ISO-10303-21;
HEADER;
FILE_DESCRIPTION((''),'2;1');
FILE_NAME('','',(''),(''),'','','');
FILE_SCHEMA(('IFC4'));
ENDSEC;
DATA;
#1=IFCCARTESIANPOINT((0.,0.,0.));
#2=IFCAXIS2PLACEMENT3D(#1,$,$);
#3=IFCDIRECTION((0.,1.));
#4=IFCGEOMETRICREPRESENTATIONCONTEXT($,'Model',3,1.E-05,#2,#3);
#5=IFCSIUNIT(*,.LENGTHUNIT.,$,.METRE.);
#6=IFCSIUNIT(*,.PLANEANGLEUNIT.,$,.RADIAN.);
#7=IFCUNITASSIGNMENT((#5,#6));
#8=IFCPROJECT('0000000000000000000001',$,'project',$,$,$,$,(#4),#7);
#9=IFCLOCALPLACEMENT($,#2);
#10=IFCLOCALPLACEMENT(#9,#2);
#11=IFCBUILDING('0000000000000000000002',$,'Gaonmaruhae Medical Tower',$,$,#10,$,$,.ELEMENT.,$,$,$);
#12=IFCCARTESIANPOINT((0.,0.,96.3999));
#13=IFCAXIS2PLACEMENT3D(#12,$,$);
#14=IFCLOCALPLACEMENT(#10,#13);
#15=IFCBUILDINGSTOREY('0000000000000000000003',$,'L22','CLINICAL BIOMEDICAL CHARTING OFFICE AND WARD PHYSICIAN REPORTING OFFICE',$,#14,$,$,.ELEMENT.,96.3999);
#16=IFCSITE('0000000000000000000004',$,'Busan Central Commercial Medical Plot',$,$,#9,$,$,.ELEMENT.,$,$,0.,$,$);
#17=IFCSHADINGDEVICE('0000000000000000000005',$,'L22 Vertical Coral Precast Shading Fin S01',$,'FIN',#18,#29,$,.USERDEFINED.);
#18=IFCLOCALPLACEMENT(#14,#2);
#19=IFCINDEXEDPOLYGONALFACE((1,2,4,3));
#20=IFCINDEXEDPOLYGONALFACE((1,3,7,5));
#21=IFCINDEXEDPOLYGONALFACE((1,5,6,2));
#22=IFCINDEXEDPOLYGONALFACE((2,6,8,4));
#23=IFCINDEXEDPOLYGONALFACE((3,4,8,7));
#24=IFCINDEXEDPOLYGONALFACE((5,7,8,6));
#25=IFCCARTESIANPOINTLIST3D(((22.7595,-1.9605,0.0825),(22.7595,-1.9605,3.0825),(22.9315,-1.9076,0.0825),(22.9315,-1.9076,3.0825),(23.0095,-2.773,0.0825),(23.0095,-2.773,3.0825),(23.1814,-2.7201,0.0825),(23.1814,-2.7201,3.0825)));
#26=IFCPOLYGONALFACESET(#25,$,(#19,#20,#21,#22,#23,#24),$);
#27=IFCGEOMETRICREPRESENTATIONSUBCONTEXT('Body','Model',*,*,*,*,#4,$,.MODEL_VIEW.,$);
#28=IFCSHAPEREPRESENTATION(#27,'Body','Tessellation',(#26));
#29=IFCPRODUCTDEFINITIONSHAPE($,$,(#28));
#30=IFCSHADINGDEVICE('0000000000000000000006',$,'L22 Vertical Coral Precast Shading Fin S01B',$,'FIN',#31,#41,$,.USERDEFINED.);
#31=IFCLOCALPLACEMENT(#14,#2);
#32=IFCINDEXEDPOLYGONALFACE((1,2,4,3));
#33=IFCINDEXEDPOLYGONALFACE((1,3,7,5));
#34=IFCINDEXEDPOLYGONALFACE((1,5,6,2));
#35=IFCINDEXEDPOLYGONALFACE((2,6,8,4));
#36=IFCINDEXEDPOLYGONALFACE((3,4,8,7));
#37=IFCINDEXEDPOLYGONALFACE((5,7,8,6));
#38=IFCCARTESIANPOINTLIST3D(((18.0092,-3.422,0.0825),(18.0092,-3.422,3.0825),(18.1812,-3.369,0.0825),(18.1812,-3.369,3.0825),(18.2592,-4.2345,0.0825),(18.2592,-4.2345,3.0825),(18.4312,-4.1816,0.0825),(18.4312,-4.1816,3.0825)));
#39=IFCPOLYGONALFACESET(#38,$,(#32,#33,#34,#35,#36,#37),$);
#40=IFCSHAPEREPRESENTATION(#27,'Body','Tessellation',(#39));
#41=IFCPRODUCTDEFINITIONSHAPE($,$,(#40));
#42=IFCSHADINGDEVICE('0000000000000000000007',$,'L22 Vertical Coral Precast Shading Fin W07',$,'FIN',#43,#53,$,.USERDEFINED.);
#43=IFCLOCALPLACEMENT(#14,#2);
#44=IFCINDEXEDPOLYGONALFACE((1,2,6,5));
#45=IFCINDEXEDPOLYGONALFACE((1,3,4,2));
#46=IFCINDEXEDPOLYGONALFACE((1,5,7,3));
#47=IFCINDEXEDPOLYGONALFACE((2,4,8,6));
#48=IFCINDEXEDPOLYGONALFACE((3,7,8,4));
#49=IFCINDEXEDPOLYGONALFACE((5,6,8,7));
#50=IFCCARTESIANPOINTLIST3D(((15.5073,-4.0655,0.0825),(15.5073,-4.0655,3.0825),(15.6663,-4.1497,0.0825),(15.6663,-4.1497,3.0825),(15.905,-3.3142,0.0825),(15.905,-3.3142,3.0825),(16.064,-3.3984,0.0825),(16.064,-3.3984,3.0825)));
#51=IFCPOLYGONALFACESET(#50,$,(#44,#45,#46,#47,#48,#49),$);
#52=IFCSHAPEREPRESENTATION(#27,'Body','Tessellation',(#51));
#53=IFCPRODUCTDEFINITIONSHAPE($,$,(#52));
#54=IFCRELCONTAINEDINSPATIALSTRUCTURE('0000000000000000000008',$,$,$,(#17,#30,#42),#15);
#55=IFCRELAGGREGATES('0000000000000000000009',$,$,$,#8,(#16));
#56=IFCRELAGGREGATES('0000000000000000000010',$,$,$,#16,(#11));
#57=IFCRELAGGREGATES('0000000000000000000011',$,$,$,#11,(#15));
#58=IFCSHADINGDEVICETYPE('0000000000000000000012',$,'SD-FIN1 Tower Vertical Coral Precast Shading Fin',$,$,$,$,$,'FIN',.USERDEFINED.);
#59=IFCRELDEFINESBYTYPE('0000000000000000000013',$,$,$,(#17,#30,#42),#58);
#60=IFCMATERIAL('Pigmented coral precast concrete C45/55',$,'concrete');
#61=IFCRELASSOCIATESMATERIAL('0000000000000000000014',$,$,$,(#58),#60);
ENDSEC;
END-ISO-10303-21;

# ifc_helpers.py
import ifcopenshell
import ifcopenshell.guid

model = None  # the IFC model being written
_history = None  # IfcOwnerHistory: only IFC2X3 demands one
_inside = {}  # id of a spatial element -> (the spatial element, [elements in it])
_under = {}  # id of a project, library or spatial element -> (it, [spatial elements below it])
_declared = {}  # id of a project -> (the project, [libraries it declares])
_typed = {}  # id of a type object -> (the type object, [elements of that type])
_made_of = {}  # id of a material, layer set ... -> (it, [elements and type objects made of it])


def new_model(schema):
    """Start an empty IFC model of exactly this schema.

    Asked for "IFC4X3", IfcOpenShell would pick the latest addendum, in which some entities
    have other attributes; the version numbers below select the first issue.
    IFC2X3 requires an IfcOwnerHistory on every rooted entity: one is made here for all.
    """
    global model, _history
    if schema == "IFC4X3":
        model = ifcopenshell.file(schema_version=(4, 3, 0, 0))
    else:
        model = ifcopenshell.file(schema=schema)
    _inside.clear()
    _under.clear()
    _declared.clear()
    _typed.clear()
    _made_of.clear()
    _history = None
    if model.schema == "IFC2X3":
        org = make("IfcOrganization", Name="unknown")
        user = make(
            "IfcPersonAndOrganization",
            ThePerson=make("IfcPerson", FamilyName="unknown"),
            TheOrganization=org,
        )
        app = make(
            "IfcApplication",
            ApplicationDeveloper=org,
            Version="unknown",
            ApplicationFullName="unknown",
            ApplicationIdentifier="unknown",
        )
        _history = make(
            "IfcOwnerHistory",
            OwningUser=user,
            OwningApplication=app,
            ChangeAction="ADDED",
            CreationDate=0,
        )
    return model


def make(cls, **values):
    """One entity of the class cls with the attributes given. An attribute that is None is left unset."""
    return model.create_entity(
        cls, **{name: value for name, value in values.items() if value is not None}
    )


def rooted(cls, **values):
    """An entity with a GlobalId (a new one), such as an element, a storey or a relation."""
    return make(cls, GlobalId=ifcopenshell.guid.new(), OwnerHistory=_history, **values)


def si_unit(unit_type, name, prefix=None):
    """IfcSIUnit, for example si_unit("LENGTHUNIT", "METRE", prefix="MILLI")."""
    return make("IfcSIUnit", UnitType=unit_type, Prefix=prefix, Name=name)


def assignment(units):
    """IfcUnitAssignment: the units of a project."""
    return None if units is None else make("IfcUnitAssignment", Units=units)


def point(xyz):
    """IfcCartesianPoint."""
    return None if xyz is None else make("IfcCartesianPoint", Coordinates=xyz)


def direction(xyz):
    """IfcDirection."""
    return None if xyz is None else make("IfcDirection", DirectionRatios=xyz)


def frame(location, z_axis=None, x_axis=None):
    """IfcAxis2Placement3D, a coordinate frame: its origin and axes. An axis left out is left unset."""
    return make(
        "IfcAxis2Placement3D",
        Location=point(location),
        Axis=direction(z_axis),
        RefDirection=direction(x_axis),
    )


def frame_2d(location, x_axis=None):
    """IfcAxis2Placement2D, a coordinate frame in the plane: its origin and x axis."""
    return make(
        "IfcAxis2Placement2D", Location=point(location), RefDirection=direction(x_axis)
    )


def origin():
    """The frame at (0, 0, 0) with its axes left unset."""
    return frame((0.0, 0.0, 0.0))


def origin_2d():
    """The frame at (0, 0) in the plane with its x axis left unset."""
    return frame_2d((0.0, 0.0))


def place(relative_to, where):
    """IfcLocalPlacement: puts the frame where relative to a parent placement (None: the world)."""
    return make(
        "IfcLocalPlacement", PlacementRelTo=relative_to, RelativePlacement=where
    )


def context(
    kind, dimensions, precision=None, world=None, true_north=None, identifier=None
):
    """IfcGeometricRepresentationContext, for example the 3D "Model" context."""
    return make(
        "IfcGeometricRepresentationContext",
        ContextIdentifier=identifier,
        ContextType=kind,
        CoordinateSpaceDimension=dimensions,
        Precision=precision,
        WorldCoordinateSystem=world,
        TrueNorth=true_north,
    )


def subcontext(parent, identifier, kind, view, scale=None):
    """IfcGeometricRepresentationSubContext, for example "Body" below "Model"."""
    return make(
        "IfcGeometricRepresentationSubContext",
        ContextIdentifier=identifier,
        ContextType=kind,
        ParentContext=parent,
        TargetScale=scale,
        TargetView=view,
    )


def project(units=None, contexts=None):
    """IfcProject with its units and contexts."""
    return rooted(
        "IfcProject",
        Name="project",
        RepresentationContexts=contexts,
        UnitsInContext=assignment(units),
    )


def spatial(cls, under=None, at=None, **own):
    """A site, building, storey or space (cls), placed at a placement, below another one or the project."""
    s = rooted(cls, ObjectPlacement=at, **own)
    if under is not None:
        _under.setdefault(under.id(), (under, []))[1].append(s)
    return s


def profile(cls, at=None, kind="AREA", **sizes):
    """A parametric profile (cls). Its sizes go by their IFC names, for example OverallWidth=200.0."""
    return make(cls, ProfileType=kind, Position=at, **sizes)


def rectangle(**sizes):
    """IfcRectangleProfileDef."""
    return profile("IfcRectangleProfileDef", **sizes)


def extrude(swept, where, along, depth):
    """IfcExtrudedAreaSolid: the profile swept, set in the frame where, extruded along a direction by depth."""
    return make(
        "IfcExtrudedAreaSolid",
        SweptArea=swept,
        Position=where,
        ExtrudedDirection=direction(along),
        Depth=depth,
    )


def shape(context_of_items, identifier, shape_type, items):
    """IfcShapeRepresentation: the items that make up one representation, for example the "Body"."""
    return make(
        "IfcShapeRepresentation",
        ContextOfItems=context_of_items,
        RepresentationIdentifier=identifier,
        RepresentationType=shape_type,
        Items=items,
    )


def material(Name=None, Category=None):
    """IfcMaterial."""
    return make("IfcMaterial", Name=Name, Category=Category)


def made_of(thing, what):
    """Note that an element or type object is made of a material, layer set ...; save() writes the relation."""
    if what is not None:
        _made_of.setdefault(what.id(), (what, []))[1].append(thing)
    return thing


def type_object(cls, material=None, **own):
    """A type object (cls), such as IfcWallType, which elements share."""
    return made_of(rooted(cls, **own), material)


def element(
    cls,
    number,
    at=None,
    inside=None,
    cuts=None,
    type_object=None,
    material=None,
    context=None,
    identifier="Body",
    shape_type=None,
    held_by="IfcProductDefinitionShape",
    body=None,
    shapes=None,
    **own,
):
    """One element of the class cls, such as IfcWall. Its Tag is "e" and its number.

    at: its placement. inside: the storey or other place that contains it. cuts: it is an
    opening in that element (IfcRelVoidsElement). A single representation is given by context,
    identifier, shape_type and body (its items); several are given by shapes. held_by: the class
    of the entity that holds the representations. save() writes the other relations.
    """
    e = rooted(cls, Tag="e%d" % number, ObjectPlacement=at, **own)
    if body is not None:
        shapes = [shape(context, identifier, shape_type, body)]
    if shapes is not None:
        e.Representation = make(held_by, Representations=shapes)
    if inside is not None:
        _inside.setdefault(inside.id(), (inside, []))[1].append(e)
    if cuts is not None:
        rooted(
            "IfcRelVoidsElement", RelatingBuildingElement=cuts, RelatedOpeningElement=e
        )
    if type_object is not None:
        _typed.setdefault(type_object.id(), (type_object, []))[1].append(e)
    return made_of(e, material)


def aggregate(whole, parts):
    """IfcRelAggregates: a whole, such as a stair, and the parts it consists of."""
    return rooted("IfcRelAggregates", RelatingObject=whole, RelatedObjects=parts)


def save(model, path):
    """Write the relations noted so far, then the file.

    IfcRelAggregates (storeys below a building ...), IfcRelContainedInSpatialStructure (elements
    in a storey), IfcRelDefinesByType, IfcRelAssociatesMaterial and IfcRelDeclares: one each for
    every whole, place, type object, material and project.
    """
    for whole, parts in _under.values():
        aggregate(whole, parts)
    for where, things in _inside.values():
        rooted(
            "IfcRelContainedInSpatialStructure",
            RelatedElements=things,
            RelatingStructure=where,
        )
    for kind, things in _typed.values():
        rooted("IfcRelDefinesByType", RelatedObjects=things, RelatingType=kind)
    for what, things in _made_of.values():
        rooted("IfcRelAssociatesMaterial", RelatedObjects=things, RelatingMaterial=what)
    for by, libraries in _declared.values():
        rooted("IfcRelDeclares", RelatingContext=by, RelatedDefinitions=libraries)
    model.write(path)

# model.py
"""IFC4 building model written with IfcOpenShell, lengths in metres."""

from ifc_helpers import new_model, si_unit, direction, frame, origin, origin_2d, place, context, subcontext, project, spatial, rectangle, extrude, material, type_object, element, save


model = new_model("IFC4")

# Units and contexts
model_context = context("Model", 3, precision=1e-05, world=origin(), true_north=direction((0.0, 1.0)))
body_context = subcontext(model_context, "Body", "Model", "MODEL_VIEW")
ifc_project = project(units=[si_unit("LENGTHUNIT", "METRE"), si_unit("PLANEANGLEUNIT", "RADIAN")], contexts=[model_context])

# Site, building, storey
site_placement = place(None, origin())
site = spatial("IfcSite", under=ifc_project, at=site_placement, Name="Busan Central Commercial Medical Plot", CompositionType="ELEMENT", RefElevation=0.0)
building_placement = place(site_placement, origin())
building = spatial("IfcBuilding", under=site, at=building_placement, Name="Gaonmaruhae Medical Tower", CompositionType="ELEMENT")
storey_placement = place(building_placement, frame((0.0, 0.0, 96.3999)))
storey = spatial("IfcBuildingStorey", under=building, at=storey_placement, Name="L22", Description="CLINICAL BIOMEDICAL CHARTING OFFICE AND WARD PHYSICIAN REPORTING OFFICE", CompositionType="ELEMENT", Elevation=96.3999)

# Shading devices
ifc_material_1 = material(Name="Pigmented coral precast concrete C45/55", Category="concrete")
shading_device_type = type_object("IfcShadingDeviceType", Name="SD-FIN1 Tower Vertical Coral Precast Shading Fin", ElementType="FIN", PredefinedType="USERDEFINED", material=ifc_material_1)
for number, where, z_axis, x_axis, name in (
    (1, (22.9705, -2.3403, 0.0825), (0.0, 0.0, 1.0), (-0.955793, -0.29404, 0.0), "L22 Vertical Coral Precast Shading Fin S01"),
    (2, (18.2202, -3.8018, 0.0825), (0.0, 0.0, 1.0), (-0.955793, -0.29404, 0.0), "L22 Vertical Coral Precast Shading Fin S01B"),
    (3, (15.7856, -3.7319, 0.0825), (0.0, 0.0, 1.0), (-0.883782, 0.467899, 0.0), "L22 Vertical Coral Precast Shading Fin W07"),
):
    element("IfcShadingDevice", number, at=place(storey_placement, frame(where, z_axis=z_axis, x_axis=x_axis)), inside=storey, type_object=shading_device_type, Name=name, ObjectType="FIN", PredefinedType="USERDEFINED", context=body_context, shape_type="SweptSolid", body=[
        extrude(rectangle(XDim=0.1799, YDim=0.8501, at=origin_2d()), origin(), (0.0, 0.0, 1.0), 3.0),
    ])

save(model, "model.ifc")
